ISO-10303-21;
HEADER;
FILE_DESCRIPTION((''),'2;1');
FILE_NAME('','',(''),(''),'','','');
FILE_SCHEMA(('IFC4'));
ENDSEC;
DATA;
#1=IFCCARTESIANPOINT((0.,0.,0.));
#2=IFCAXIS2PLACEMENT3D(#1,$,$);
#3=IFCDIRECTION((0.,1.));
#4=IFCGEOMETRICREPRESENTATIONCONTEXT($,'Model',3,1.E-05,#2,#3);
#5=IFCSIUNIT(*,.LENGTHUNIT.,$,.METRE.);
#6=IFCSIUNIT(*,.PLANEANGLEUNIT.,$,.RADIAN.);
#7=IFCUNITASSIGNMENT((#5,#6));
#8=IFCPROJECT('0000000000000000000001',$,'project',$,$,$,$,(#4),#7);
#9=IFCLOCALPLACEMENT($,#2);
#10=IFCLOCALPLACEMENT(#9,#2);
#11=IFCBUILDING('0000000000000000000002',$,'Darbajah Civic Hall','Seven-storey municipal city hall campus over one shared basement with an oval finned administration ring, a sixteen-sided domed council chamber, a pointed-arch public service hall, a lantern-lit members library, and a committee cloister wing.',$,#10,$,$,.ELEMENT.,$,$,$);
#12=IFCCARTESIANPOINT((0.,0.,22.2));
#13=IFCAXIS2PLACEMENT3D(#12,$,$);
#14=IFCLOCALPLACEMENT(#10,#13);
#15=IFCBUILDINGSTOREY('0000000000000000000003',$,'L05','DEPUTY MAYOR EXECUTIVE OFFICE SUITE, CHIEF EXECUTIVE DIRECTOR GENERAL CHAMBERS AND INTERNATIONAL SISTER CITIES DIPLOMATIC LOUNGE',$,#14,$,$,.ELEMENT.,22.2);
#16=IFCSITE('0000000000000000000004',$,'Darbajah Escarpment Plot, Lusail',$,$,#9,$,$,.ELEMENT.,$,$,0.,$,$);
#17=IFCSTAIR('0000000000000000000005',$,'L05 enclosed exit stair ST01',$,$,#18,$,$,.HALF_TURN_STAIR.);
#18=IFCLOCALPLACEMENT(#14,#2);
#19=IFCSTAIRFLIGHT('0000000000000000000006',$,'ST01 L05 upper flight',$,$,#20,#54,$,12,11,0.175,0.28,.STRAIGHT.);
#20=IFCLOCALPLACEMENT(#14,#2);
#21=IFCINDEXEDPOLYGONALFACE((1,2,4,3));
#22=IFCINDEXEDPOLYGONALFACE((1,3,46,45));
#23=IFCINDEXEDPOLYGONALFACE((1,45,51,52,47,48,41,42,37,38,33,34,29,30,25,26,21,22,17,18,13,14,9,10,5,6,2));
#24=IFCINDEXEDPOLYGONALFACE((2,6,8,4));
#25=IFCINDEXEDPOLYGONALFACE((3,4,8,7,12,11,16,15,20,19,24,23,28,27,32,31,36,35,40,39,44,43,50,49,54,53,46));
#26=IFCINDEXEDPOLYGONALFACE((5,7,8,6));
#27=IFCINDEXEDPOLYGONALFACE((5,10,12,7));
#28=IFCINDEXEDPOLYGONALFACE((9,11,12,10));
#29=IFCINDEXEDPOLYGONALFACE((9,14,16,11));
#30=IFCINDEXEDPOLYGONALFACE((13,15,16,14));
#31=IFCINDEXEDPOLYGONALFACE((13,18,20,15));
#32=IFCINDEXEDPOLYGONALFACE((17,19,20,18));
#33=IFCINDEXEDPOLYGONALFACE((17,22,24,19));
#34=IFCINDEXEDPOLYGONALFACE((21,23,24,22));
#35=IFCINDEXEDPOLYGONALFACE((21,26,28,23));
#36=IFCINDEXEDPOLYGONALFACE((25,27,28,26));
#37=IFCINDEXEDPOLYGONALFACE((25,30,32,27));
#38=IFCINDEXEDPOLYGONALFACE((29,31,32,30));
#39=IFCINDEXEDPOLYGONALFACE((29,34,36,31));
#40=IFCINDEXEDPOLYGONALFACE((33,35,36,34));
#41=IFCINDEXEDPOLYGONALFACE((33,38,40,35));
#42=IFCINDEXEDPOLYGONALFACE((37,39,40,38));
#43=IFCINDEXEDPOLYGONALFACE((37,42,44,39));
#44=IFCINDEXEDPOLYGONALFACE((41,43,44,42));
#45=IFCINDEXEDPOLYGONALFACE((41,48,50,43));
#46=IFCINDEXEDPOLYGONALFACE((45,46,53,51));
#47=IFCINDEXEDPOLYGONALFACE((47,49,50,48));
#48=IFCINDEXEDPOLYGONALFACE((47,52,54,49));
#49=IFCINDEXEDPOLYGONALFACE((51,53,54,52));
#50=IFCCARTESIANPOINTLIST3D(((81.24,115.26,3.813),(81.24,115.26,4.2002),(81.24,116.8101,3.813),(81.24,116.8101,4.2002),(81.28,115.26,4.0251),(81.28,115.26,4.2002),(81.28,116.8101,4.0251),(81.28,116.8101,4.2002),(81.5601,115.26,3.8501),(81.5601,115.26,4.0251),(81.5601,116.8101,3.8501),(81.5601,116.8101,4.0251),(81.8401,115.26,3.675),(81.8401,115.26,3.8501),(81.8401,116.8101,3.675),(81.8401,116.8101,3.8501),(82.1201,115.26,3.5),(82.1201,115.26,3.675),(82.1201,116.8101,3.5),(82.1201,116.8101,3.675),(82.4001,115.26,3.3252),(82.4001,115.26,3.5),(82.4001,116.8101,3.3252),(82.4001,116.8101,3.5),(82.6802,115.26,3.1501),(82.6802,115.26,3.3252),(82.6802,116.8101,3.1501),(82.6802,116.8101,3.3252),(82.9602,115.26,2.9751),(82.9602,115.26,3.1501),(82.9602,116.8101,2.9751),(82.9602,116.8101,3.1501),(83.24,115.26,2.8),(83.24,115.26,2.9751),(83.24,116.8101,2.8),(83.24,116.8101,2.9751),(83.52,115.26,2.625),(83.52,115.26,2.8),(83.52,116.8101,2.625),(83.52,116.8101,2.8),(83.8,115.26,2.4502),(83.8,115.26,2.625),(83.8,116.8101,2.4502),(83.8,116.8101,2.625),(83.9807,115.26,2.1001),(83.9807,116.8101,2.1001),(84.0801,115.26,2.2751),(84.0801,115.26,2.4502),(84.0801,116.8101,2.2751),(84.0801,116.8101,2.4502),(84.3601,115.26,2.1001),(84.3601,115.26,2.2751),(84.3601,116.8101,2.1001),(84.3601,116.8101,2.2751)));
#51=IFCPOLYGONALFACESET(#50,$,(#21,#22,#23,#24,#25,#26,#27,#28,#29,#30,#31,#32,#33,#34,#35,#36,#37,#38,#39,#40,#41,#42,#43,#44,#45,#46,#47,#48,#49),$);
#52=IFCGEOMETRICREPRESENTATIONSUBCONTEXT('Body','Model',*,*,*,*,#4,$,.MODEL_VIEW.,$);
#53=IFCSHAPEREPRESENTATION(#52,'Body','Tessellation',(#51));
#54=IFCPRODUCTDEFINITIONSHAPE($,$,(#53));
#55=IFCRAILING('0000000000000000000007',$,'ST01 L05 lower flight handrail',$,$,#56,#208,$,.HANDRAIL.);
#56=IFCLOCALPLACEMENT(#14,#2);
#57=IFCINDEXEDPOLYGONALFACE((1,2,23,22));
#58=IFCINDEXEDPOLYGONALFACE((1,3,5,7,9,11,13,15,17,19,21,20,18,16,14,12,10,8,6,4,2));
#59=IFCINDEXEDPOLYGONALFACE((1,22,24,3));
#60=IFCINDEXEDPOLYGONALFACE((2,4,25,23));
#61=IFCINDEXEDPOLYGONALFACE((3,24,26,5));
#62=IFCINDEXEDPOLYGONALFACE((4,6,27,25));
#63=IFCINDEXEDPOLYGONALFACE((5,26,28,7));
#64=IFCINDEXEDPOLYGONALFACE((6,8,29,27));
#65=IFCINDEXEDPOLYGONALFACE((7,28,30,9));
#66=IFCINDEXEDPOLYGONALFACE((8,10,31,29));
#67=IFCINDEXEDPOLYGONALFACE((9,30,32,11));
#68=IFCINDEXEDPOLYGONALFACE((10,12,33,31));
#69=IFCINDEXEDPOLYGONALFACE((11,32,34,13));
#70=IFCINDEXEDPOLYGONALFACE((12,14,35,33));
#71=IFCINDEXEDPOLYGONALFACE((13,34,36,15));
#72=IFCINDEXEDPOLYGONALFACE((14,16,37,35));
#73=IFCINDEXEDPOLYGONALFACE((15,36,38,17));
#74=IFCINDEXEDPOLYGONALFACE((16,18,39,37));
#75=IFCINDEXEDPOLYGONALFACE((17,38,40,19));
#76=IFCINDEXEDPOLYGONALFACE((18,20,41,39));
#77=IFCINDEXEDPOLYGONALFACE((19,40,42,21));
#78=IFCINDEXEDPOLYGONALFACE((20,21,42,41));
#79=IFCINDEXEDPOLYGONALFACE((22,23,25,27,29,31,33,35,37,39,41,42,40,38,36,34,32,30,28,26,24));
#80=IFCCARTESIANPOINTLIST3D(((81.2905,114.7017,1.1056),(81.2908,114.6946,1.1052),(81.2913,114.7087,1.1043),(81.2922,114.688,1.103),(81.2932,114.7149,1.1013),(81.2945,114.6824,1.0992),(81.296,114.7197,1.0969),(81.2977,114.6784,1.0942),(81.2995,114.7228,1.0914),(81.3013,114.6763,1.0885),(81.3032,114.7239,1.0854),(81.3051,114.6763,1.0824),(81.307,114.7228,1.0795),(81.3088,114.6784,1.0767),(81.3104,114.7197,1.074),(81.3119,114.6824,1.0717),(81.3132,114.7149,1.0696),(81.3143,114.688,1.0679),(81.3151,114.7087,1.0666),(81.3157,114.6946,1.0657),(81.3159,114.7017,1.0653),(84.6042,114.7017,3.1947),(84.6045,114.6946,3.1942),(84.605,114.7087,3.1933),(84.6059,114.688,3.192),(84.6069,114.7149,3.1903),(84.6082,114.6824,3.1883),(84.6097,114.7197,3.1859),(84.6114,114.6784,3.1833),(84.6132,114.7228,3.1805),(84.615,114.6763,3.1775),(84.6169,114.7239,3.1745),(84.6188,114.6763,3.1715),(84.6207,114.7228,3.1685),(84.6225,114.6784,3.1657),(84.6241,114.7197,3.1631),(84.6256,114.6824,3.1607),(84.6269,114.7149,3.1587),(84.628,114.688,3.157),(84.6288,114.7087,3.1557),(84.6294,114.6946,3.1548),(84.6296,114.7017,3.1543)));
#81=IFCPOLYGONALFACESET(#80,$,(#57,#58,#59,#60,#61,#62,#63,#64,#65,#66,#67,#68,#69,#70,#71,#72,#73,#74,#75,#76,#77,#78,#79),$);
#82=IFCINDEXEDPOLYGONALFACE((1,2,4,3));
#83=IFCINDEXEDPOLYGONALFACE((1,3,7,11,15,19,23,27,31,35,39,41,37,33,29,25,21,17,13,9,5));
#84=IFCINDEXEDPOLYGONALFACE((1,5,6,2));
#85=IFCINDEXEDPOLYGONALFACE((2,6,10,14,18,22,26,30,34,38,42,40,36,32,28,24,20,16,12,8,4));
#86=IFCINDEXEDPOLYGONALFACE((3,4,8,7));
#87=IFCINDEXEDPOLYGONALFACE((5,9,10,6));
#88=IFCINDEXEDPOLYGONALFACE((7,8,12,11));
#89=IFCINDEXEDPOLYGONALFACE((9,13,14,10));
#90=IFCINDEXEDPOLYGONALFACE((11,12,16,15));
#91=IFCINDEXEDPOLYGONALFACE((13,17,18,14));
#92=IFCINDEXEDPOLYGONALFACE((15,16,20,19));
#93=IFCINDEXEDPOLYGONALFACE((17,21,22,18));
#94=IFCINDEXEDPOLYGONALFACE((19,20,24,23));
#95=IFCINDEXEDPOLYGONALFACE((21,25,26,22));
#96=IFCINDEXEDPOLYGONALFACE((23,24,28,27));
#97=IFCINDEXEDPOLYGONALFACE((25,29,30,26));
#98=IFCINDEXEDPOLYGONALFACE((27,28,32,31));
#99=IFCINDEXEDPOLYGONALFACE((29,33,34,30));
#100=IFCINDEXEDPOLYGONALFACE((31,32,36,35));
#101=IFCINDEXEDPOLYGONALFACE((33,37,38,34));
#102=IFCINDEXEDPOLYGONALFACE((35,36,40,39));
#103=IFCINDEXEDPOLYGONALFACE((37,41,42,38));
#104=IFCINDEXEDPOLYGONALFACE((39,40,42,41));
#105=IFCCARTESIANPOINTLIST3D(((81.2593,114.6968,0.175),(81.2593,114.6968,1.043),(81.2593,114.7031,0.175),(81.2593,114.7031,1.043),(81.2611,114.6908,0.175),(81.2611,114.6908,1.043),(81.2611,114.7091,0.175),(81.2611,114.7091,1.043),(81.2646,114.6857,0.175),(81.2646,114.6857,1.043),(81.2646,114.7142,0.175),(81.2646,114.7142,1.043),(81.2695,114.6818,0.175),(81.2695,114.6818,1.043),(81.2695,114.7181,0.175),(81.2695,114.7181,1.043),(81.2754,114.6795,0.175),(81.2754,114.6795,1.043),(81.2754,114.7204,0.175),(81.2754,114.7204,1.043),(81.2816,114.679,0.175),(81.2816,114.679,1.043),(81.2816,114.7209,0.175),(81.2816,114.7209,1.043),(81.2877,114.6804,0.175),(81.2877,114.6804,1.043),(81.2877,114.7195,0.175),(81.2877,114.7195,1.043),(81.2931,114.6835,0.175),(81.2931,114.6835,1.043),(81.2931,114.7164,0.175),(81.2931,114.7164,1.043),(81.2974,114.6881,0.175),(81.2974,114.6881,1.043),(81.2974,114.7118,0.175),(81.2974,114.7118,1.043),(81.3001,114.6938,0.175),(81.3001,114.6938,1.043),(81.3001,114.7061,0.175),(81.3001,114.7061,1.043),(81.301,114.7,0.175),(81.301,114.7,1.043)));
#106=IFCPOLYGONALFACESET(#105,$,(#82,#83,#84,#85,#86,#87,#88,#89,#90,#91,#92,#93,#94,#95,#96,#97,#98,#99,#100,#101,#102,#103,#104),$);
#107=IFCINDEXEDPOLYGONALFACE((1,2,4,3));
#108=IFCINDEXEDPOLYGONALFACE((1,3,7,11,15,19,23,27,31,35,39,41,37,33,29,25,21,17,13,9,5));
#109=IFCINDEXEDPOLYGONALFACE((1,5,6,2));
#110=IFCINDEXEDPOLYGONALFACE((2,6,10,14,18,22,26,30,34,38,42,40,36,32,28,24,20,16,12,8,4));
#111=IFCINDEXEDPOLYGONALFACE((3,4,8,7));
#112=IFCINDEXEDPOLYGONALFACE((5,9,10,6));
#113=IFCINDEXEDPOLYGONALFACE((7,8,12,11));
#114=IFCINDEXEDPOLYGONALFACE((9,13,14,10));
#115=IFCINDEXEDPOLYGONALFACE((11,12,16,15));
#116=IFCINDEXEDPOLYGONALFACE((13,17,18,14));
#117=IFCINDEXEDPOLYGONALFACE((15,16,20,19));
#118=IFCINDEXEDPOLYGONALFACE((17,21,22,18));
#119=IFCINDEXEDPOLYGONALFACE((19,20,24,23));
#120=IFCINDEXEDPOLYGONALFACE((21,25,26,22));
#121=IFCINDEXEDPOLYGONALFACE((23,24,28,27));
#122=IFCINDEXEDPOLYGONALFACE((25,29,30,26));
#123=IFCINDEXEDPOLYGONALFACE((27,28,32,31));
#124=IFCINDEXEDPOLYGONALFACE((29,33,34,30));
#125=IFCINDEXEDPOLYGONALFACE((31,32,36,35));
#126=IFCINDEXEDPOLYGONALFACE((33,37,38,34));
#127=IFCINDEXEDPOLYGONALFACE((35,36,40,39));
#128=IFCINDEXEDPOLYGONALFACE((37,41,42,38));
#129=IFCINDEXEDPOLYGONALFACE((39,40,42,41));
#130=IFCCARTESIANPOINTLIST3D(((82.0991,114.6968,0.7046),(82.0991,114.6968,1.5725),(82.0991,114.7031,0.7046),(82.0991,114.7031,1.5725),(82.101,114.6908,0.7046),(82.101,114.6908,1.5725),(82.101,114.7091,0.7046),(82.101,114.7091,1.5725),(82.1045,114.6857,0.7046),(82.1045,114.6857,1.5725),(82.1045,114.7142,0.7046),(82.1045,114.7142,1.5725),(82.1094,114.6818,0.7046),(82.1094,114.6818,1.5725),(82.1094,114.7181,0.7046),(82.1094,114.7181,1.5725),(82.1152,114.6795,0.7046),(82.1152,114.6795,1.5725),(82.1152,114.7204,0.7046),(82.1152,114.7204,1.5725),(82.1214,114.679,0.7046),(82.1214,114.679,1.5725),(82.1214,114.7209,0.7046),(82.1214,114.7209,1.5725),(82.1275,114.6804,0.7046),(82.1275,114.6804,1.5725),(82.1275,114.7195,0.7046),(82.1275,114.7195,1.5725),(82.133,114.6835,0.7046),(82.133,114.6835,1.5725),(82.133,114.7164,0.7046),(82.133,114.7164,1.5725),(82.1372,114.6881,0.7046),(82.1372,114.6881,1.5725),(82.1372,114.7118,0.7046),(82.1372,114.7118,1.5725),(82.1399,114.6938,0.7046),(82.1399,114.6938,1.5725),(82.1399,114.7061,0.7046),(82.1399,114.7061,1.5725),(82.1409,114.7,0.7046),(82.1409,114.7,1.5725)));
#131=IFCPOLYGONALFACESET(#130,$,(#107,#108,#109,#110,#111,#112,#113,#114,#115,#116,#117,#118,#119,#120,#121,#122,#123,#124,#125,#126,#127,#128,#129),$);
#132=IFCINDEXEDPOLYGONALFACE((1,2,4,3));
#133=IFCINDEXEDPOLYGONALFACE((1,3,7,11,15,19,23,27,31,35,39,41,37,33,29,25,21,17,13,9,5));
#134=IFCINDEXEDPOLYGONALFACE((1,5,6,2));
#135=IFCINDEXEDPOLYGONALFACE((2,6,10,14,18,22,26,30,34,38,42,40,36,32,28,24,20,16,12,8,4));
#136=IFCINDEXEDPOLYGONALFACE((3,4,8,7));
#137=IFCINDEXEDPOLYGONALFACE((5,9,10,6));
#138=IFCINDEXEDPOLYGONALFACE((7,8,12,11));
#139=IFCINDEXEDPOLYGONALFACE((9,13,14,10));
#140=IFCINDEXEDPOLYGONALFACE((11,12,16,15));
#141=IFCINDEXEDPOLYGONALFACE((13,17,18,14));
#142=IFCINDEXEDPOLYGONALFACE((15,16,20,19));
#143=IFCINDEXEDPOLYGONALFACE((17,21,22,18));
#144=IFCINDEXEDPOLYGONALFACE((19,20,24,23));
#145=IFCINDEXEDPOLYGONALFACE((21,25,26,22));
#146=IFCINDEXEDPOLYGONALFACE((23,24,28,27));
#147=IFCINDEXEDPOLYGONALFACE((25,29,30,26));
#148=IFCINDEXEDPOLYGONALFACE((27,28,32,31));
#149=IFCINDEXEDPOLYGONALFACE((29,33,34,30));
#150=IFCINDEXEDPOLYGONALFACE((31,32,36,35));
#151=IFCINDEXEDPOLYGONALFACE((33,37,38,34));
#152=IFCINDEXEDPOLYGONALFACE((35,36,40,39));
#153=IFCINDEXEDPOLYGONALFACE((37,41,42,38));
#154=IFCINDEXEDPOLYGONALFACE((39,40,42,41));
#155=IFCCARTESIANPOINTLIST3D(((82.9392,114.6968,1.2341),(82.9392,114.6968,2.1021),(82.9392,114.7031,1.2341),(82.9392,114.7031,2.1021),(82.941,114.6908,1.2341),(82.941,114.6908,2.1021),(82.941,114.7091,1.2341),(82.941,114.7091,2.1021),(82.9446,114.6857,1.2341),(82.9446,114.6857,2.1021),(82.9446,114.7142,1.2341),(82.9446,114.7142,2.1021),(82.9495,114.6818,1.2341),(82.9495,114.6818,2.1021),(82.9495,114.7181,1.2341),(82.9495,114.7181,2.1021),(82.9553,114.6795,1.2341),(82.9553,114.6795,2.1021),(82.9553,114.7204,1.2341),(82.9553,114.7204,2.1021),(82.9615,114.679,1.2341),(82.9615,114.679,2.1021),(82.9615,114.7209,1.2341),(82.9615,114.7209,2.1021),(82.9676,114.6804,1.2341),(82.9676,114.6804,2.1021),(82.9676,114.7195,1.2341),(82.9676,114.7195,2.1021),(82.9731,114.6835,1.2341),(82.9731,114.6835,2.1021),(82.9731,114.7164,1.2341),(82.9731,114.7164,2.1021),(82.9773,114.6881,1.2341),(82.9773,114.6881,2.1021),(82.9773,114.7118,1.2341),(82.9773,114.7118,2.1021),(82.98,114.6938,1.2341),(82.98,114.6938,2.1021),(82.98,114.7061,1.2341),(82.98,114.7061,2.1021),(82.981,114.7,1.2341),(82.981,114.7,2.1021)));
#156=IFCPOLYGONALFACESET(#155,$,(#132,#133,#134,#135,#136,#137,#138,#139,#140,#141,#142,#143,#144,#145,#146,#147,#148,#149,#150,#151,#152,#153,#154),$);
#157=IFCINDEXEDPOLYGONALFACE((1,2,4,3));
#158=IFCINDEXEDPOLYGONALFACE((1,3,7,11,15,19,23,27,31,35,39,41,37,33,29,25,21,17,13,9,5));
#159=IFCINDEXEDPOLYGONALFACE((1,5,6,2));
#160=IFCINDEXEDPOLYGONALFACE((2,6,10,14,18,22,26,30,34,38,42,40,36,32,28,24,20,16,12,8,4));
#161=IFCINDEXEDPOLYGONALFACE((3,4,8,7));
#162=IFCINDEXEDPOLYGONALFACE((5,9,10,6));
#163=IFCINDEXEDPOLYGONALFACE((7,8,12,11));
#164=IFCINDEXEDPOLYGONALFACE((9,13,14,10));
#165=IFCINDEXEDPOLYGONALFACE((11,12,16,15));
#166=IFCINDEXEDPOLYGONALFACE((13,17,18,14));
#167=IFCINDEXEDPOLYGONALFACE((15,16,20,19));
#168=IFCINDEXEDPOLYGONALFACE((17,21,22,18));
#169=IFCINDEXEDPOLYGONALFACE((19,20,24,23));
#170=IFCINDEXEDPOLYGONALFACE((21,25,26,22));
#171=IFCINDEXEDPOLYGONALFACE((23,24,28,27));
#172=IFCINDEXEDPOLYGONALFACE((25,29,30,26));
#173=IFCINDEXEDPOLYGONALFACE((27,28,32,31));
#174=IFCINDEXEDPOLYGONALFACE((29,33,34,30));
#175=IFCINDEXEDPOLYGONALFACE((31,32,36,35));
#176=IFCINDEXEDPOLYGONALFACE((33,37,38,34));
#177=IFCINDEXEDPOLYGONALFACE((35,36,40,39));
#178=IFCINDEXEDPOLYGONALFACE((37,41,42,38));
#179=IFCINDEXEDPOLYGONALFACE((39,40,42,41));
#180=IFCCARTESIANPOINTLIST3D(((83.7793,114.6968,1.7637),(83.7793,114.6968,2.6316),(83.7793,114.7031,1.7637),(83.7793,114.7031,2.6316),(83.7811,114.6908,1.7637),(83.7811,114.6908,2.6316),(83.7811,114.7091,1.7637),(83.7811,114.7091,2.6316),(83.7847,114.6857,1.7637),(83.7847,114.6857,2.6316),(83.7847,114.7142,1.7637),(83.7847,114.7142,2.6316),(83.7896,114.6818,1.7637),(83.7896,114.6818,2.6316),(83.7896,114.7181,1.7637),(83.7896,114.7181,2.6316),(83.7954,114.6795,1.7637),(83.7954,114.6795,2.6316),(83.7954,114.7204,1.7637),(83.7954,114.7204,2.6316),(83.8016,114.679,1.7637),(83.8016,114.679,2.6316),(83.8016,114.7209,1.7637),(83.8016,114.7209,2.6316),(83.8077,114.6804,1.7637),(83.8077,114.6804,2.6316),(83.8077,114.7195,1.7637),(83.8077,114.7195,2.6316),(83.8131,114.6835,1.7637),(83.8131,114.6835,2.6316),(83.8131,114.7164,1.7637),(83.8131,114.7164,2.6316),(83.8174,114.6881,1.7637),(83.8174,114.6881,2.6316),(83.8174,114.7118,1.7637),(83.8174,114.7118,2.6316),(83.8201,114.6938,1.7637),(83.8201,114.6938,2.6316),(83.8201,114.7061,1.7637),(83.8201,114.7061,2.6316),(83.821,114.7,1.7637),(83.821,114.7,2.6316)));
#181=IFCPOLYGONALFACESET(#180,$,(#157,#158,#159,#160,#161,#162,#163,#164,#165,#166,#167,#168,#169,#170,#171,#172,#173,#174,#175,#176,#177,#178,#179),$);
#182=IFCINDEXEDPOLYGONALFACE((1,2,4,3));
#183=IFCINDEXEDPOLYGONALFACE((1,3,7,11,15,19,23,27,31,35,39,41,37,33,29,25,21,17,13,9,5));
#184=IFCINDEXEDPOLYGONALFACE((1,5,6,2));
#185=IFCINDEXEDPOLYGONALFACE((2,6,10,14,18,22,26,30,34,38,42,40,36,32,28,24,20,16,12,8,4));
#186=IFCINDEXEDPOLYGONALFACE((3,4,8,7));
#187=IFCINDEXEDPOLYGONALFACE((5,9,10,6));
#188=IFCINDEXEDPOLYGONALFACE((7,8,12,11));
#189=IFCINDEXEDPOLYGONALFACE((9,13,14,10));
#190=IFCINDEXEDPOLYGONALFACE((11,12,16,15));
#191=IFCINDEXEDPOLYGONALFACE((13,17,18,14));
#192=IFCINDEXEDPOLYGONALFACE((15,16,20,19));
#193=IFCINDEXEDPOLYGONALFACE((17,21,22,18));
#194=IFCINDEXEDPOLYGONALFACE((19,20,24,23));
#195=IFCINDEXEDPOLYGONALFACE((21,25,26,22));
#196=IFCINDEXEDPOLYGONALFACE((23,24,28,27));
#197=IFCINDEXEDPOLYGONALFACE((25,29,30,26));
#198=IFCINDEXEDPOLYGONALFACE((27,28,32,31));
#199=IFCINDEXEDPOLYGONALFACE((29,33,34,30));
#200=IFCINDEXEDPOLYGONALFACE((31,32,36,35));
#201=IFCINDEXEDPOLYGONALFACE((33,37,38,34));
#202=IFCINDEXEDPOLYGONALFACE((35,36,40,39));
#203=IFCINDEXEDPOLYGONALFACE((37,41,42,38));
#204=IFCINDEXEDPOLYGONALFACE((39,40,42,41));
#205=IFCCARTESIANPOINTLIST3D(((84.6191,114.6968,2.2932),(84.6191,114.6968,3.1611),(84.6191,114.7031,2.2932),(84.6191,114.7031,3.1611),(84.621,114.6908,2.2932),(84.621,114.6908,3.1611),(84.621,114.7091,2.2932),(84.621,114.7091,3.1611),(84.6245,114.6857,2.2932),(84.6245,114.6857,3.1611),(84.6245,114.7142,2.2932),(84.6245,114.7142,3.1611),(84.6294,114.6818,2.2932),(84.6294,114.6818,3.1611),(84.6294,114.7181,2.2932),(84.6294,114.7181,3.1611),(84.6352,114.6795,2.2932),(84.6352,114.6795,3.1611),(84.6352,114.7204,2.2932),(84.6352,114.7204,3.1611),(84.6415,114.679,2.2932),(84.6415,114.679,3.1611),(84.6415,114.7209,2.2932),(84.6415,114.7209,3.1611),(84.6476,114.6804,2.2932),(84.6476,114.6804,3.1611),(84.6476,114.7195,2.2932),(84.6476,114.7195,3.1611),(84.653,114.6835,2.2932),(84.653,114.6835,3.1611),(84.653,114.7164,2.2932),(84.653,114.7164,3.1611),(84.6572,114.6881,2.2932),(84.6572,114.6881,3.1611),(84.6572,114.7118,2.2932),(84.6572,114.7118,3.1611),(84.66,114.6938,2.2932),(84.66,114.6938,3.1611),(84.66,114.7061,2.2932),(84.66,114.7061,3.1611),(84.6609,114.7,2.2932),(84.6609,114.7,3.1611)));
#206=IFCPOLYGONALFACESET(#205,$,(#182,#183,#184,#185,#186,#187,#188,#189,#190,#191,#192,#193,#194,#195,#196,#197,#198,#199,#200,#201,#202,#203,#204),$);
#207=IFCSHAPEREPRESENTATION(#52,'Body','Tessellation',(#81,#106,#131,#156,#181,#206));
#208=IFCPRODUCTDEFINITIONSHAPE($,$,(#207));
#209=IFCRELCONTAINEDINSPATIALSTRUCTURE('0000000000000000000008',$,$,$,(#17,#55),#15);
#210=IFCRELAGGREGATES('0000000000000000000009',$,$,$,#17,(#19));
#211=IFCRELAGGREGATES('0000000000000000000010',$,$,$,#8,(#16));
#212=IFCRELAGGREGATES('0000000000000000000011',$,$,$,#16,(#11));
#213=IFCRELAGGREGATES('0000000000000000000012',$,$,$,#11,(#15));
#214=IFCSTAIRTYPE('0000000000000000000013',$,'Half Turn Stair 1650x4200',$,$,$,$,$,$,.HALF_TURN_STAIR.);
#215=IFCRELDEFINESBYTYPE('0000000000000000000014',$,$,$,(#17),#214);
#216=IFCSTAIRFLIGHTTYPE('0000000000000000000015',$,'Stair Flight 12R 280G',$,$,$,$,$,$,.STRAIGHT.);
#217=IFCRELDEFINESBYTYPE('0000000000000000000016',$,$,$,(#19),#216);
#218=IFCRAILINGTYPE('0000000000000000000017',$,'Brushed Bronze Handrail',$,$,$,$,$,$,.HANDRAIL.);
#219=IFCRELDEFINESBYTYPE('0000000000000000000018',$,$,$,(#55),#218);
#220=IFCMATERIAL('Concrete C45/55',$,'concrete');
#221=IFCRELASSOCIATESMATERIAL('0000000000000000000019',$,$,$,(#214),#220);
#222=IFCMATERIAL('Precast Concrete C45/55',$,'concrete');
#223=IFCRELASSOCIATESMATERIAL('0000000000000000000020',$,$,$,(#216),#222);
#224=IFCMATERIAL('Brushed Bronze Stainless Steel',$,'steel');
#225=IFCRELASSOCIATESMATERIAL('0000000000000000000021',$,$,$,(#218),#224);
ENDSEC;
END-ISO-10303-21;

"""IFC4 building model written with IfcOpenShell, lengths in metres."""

from ifc_helpers import new_model, si_unit, direction, frame, origin, origin_2d, place, context, subcontext, project, spatial, polyline, circle, outline, extrude, material, type_object, element, aggregate, save


model = new_model("IFC4")

# Units and contexts
model_context = context("Model", 3, precision=1e-05, world=origin(), true_north=direction((0.0, 1.0)))
body_context = subcontext(model_context, "Body", "Model", "MODEL_VIEW")
ifc_project = project(units=[si_unit("LENGTHUNIT", "METRE"), si_unit("PLANEANGLEUNIT", "RADIAN")], contexts=[model_context])

# Site, building, storey
site_placement = place(None, origin())
site = spatial("IfcSite", under=ifc_project, at=site_placement, Name="Darbajah Escarpment Plot, Lusail", CompositionType="ELEMENT", RefElevation=0.0)
building_placement = place(site_placement, origin())
building = spatial("IfcBuilding", under=site, at=building_placement, Name="Darbajah Civic Hall", Description="Seven-storey municipal city hall campus over one shared basement with an oval finned administration ring, a sixteen-sided domed council chamber, a pointed-arch public service hall, a lantern-lit members library, and a committee cloister wing.", CompositionType="ELEMENT")
storey_placement = place(building_placement, frame((0.0, 0.0, 22.2)))
storey = spatial("IfcBuildingStorey", under=building, at=storey_placement, Name="L05", Description="DEPUTY MAYOR EXECUTIVE OFFICE SUITE, CHIEF EXECUTIVE DIRECTOR GENERAL CHAMBERS AND INTERNATIONAL SISTER CITIES DIPLOMATIC LOUNGE", CompositionType="ELEMENT", Elevation=22.2)

# Shared definitions
ifc_material_1 = material(Name="Concrete C45/55", Category="concrete")

# Stair, stair flight
stair_type = type_object("IfcStairType", Name="Half Turn Stair 1650x4200", PredefinedType="HALF_TURN_STAIR", material=ifc_material_1)
stair_placement = place(storey_placement, origin())
stair = element("IfcStair", 1, at=stair_placement, inside=storey, type_object=stair_type, Name="L05 enclosed exit stair ST01", PredefinedType="HALF_TURN_STAIR")
ifc_material_2 = material(Name="Precast Concrete C45/55", Category="concrete")
stair_flight_type = type_object("IfcStairFlightType", Name="Stair Flight 12R 280G", PredefinedType="STRAIGHT", material=ifc_material_2)
stair_flight_1_placement = place(storey_placement, frame((84.3601, 116.0349, 2.1001), z_axis=(0.0, 0.0, 1.0), x_axis=(-1.0, 0.0, 0.0)))
stair_flight_1 = element("IfcStairFlight", 2, at=stair_flight_1_placement, type_object=stair_flight_type, Name="ST01 L05 upper flight", NumberOfRisers=12, NumberOfTreads=11, PredefinedType="STRAIGHT", RiserHeight=0.175, TreadLength=0.28, context=body_context, shape_type="SweptSolid", body=[
    extrude(outline(polyline([(0.0, 0.0), (0.0, 0.175), (0.28, 0.175), (0.28, 0.3501), (0.5601, 0.3501), (0.5601, 0.5249), (0.8401, 0.5249), (0.8401, 0.7), (1.1201, 0.7), (1.1201, 0.875), (1.3999, 0.875), (1.3999, 1.05), (1.6799, 1.05), (1.6799, 1.2251), (1.96, 1.2251), (1.96, 1.3999), (2.24, 1.3999), (2.24, 1.575), (2.52, 1.575), (2.52, 1.75), (2.8, 1.75), (2.8, 1.925), (3.0801, 1.925), (3.0801, 2.1001), (3.1201, 2.1001), (3.1201, 1.7129), (0.3794, 0.0), (0.0, 0.0)])), frame((0.0, 0.7749, 0.0), z_axis=(0.0, -1.0, 0.0), x_axis=(1.0, 0.0, 0.0)), (0.0, 0.0, 1.0), 1.55),
])
aggregate(stair, [stair_flight_1])

# Railing
ifc_material_3 = material(Name="Brushed Bronze Stainless Steel", Category="steel")
railing_type_1 = type_object("IfcRailingType", Name="Brushed Bronze Handrail", PredefinedType="HANDRAIL", material=ifc_material_3)
railing_1_placement = place(storey_placement, frame((81.28, 114.7, 0.175)))
element("IfcRailing", 3, at=railing_1_placement, inside=storey, type_object=railing_type_1, Name="ST01 L05 lower flight handrail", PredefinedType="HANDRAIL", context=body_context, shape_type="SweptSolid", body=[
    extrude(circle(Radius=0.0239, at=origin_2d()), frame((0.0232, 0.0, 0.9104), z_axis=(0.845927, 0.0, 0.533299), x_axis=(0.0, 1.0, 0.0)), (0.0, 0.0, 1.0), 3.9172),
    extrude(circle(Radius=0.021, at=origin_2d()), origin(), (0.0, 0.0, 1.0), 0.8679),
    extrude(circle(Radius=0.021, at=origin_2d()), frame((0.8398, 0.0, 0.5295)), (0.0, 0.0, 1.0), 0.8679),
    extrude(circle(Radius=0.021, at=origin_2d()), frame((1.6799, 0.0, 1.0591)), (0.0, 0.0, 1.0), 0.8679),
    extrude(circle(Radius=0.021, at=origin_2d()), frame((2.52, 0.0, 1.5886)), (0.0, 0.0, 1.0), 0.8679),
    extrude(circle(Radius=0.021, at=origin_2d()), frame((3.3599, 0.0, 2.1182)), (0.0, 0.0, 1.0), 0.8679),
])

save(model, "model.ifc")
